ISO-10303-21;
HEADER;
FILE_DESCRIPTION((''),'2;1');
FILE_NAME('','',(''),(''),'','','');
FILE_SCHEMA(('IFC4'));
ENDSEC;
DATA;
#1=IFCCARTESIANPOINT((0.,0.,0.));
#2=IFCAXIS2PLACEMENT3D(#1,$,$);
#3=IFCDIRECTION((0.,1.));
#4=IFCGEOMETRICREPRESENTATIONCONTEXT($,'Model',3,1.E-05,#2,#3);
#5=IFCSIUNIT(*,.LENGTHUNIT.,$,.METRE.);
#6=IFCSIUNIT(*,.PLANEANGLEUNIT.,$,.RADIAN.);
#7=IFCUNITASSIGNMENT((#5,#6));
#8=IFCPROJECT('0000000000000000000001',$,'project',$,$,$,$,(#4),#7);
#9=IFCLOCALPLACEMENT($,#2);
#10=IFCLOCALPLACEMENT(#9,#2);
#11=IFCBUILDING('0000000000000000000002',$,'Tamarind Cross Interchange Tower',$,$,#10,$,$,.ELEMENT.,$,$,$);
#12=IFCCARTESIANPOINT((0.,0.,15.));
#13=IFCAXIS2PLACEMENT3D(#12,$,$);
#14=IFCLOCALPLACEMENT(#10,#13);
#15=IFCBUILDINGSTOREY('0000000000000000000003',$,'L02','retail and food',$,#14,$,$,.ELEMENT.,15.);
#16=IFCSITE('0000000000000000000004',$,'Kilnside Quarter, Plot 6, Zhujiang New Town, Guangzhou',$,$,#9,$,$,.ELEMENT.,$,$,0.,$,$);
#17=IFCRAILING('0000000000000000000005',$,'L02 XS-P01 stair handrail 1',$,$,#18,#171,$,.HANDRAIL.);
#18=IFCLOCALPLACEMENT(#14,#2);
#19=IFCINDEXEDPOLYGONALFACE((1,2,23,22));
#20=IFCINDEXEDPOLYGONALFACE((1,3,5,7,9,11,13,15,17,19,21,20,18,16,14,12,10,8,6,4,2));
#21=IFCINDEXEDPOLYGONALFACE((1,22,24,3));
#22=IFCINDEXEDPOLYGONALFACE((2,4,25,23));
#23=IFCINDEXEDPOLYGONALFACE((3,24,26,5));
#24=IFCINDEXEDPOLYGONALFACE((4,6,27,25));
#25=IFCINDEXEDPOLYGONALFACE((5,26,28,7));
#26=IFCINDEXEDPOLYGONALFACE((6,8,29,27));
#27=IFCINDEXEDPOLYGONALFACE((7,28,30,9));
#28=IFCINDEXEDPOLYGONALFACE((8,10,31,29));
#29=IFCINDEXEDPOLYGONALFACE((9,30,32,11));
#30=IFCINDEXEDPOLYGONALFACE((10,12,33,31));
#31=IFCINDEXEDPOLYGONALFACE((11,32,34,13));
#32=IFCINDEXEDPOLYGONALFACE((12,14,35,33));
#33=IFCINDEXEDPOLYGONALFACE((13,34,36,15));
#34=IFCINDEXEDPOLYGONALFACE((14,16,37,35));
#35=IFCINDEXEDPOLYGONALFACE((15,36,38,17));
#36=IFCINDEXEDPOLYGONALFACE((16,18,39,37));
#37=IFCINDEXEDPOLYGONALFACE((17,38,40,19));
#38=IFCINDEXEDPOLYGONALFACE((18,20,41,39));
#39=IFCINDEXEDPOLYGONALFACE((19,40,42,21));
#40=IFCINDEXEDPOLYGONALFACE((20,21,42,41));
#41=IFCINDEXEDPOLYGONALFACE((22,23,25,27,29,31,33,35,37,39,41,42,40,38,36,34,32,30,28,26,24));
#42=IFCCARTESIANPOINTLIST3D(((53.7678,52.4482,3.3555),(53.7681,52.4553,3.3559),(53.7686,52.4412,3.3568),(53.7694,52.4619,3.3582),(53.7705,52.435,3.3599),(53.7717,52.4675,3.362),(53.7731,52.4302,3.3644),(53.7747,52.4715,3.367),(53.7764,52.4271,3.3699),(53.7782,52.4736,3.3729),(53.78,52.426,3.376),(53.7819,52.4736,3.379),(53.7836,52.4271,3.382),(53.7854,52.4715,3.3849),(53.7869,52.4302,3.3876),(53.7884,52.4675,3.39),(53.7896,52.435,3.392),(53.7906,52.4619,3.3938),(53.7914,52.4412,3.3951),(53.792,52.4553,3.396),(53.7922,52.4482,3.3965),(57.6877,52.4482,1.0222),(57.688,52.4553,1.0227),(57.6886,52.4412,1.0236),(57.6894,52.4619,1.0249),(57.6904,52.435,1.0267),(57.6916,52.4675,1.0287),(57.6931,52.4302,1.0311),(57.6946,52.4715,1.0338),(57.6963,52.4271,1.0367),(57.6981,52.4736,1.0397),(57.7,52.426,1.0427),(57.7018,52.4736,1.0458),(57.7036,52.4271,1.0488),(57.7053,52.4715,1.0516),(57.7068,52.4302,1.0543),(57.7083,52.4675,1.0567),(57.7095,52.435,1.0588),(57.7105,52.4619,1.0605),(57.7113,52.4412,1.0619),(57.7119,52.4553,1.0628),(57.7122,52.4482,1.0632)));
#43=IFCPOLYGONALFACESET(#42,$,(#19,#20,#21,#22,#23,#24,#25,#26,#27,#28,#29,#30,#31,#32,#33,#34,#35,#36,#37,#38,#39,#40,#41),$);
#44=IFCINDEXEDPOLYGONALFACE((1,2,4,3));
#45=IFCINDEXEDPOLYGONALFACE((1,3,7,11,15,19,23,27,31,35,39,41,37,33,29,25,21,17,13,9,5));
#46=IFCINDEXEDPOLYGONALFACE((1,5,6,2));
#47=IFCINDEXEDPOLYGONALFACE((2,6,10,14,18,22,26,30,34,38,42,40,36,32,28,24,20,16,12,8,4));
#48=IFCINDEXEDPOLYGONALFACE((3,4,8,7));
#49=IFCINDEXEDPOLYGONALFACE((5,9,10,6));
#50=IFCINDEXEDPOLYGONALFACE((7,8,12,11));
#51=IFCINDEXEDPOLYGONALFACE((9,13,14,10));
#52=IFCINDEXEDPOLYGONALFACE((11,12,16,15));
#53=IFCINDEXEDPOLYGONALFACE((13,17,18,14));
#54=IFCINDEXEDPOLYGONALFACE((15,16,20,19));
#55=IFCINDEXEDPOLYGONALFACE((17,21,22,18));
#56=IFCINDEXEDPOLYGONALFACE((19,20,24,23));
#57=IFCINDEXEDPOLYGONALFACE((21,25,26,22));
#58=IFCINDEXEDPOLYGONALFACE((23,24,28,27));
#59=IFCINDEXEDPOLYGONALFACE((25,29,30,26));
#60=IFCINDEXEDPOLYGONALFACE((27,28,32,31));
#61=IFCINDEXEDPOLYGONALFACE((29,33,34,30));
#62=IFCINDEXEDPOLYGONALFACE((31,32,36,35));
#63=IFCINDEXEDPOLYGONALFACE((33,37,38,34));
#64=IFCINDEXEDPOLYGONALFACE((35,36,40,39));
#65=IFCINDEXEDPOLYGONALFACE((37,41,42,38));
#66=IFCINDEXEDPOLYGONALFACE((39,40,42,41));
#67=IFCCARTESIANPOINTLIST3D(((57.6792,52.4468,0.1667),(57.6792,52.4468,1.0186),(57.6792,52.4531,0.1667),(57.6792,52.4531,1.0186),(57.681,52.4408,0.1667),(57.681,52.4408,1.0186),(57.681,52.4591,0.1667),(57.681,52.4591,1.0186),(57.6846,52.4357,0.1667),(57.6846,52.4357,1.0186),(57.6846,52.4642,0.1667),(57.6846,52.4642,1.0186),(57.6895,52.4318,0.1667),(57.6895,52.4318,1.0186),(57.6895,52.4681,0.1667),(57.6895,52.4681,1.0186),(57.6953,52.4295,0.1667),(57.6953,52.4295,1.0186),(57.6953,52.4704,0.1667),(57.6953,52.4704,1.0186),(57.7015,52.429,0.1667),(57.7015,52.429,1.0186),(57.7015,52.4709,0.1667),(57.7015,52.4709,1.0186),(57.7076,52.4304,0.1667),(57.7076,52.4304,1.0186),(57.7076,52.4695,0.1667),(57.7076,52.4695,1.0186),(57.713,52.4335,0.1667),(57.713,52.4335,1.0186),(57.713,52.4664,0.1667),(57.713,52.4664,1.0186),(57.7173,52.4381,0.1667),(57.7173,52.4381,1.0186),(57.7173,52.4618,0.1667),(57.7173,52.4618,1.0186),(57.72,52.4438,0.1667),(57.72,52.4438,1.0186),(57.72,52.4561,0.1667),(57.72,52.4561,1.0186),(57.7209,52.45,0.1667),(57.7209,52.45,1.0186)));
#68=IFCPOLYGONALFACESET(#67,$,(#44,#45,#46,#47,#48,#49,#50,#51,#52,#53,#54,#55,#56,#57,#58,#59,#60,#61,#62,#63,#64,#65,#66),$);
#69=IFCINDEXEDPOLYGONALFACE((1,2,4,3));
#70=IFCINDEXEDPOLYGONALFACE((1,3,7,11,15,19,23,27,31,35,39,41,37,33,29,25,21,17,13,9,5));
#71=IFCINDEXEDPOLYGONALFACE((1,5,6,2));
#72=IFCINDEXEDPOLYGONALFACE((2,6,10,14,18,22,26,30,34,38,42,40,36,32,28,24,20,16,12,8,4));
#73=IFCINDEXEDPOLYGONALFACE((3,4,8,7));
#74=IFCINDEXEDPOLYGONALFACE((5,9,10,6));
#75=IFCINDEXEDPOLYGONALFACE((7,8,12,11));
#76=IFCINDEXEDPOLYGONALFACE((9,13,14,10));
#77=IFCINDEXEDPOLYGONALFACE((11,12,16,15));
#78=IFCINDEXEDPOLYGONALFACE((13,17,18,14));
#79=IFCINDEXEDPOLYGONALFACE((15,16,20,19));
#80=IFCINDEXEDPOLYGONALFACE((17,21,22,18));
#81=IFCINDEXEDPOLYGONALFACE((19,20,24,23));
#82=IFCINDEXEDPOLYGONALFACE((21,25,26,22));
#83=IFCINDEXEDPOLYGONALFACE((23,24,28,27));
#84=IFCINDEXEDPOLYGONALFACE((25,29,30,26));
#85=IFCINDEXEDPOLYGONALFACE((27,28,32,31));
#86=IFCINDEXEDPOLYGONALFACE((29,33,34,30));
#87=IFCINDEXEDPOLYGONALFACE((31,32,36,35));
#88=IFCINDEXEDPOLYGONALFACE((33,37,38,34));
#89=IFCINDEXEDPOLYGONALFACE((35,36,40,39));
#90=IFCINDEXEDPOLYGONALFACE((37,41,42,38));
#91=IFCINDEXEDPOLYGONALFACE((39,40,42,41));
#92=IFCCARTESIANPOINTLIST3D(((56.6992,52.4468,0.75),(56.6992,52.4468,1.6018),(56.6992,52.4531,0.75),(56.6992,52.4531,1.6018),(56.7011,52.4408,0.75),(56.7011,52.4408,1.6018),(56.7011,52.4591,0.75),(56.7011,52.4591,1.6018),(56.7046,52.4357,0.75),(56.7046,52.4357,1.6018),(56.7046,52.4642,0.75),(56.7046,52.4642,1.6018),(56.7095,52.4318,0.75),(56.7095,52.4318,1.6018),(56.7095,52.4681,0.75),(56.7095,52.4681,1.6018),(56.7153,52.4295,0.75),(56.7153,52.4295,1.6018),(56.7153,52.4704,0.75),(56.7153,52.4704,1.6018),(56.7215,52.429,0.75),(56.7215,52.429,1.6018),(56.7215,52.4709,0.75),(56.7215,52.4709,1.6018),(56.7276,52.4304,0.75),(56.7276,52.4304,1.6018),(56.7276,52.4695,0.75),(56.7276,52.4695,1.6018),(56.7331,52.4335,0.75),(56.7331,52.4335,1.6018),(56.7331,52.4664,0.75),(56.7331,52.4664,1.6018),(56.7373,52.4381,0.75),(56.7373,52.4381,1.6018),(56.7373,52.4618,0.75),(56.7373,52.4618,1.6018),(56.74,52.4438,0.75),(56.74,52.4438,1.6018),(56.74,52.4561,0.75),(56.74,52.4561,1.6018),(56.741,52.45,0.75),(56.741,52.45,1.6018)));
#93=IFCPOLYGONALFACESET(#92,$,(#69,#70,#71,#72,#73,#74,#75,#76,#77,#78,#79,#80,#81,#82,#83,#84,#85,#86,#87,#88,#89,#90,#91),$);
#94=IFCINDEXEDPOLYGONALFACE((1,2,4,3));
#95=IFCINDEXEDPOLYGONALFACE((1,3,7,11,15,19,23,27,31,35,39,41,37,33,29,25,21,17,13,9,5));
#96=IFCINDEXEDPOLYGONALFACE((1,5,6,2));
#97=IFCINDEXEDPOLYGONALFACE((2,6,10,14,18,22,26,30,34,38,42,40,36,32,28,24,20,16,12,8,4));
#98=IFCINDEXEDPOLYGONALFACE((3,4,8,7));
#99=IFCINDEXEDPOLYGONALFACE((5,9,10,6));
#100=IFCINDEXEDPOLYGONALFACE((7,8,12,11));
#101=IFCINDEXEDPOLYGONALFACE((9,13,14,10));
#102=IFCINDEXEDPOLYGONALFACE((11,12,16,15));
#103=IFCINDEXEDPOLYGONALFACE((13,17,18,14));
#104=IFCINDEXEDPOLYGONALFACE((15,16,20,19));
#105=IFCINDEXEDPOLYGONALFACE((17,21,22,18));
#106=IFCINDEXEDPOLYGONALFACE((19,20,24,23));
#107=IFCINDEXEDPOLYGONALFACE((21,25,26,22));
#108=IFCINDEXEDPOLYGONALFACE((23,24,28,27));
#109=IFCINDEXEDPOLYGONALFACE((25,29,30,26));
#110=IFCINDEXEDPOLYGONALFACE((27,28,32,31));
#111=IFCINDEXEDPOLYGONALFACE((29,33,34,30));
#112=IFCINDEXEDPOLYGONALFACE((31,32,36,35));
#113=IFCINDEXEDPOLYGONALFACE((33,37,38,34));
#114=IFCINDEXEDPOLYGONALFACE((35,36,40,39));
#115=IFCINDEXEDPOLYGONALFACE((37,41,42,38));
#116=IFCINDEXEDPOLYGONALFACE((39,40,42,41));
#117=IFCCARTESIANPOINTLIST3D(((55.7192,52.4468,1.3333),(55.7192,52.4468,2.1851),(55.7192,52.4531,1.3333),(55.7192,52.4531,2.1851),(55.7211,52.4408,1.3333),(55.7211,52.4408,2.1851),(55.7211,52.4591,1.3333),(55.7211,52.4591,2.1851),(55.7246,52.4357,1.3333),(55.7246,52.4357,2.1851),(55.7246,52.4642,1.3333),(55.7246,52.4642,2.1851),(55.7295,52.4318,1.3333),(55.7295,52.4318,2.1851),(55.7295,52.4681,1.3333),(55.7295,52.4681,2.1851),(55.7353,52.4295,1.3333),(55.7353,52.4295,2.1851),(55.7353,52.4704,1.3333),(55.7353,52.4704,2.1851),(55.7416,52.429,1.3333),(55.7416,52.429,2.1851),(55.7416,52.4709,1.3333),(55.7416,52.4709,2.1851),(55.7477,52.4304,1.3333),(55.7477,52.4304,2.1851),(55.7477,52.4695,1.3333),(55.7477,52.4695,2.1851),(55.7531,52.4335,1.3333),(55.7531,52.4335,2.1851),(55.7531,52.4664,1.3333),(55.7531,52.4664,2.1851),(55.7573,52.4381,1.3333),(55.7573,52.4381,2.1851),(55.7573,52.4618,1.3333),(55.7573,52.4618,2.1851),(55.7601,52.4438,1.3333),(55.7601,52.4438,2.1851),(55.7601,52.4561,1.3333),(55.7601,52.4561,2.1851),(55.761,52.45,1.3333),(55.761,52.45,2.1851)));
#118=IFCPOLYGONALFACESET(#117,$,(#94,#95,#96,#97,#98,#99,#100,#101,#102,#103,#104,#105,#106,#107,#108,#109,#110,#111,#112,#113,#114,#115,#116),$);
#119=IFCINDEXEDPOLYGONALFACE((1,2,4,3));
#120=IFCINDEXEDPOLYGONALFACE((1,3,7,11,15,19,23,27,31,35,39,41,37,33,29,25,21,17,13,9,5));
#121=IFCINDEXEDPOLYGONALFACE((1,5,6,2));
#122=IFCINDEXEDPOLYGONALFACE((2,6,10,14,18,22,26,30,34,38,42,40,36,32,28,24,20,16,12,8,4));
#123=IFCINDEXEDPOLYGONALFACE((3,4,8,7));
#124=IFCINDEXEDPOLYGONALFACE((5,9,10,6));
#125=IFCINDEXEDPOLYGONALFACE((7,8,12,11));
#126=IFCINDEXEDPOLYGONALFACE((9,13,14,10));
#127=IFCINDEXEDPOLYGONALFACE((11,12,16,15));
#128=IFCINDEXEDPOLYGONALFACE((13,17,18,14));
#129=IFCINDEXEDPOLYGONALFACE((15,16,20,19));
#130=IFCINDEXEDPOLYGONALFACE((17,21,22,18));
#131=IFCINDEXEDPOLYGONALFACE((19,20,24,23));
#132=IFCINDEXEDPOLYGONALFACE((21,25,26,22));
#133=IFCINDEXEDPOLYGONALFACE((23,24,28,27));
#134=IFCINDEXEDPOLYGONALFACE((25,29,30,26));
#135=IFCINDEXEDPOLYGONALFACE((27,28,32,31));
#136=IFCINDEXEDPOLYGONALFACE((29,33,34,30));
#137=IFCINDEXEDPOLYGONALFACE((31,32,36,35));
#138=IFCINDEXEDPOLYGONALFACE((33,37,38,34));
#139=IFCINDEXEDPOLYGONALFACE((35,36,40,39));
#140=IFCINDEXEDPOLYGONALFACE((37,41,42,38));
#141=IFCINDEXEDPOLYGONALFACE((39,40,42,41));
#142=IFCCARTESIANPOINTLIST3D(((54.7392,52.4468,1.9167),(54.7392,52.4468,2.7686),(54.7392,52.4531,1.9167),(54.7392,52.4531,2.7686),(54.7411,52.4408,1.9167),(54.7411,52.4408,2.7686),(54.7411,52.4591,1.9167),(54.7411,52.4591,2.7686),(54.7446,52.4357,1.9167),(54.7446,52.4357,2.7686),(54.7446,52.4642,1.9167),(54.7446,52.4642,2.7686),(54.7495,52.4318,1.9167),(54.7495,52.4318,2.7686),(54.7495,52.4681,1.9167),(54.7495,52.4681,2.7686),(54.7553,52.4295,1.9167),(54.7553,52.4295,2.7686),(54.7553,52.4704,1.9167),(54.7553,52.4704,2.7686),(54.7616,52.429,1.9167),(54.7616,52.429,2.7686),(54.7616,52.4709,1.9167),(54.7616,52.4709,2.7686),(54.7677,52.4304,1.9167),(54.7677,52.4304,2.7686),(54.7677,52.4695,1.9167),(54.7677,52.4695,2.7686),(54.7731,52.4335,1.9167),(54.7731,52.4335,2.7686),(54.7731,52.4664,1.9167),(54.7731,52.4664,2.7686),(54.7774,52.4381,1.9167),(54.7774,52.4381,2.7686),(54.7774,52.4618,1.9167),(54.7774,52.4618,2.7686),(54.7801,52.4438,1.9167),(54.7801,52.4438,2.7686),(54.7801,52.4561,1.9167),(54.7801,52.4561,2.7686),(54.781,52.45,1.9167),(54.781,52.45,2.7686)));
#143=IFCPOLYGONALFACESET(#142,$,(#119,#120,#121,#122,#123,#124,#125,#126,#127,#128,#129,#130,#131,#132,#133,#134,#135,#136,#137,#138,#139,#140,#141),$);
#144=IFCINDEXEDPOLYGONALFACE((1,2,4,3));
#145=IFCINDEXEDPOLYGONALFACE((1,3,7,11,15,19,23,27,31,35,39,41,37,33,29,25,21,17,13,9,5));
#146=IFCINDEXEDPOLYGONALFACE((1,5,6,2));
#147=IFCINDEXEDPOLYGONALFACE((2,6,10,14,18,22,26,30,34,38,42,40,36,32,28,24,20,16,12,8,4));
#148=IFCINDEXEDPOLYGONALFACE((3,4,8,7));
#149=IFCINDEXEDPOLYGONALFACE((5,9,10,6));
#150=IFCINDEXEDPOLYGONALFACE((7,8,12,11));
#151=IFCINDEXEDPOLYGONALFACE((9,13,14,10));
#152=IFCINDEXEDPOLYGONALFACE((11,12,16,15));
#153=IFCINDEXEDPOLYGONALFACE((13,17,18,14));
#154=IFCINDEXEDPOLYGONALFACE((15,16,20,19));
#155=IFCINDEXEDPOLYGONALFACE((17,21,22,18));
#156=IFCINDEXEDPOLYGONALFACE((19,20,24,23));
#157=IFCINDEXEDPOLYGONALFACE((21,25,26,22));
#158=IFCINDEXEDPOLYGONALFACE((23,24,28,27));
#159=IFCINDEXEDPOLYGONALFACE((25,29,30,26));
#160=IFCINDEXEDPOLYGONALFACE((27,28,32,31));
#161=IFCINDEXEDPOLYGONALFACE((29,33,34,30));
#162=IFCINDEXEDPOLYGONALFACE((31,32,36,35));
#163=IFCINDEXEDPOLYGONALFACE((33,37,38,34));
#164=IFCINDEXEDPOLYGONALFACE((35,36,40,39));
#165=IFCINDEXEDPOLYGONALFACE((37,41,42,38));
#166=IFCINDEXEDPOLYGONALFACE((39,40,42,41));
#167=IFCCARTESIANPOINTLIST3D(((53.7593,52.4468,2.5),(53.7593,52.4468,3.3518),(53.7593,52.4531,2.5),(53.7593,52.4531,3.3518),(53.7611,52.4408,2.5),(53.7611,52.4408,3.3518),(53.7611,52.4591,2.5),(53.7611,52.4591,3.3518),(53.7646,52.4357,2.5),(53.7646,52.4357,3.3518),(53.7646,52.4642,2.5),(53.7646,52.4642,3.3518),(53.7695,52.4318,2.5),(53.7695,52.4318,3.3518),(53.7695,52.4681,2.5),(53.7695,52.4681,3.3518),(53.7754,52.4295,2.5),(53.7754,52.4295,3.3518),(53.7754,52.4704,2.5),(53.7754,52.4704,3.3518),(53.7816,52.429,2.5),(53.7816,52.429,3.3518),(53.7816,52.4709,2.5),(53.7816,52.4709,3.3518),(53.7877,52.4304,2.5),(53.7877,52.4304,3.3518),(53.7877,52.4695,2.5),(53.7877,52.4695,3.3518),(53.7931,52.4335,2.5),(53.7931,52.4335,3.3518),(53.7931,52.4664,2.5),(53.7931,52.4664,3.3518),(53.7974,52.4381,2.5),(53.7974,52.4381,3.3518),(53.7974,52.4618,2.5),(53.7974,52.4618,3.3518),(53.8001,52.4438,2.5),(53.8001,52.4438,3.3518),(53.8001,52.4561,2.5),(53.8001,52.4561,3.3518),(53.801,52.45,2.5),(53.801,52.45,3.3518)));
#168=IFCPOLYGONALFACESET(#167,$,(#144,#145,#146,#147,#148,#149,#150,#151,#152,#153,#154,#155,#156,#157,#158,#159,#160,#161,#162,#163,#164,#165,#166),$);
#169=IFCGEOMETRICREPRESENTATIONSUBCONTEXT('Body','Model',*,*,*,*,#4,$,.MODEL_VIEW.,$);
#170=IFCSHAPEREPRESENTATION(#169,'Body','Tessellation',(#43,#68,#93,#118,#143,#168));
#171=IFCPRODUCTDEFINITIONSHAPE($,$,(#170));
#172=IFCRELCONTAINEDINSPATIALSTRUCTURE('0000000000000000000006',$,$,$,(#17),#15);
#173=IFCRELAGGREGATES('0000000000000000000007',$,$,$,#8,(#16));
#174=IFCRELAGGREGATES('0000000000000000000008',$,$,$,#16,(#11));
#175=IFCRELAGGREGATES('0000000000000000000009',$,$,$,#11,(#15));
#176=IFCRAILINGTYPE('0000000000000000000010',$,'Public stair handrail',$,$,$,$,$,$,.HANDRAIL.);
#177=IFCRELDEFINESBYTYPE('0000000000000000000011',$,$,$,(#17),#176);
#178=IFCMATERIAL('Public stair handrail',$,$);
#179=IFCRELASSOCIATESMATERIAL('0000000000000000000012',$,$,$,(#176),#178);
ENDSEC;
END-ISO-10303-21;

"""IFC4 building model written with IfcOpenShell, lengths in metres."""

from ifc_helpers import new_model, si_unit, direction, frame, origin, origin_2d, place, context, subcontext, project, spatial, circle, extrude, material, type_object, element, save


model = new_model("IFC4")

# Units and contexts
model_context = context("Model", 3, precision=1e-05, world=origin(), true_north=direction((0.0, 1.0)))
body_context = subcontext(model_context, "Body", "Model", "MODEL_VIEW")
ifc_project = project(units=[si_unit("LENGTHUNIT", "METRE"), si_unit("PLANEANGLEUNIT", "RADIAN")], contexts=[model_context])

# Site, building, storey
site_placement = place(None, origin())
site = spatial("IfcSite", under=ifc_project, at=site_placement, Name="Kilnside Quarter, Plot 6, Zhujiang New Town, Guangzhou", CompositionType="ELEMENT", RefElevation=0.0)
building_placement = place(site_placement, origin())
building = spatial("IfcBuilding", under=site, at=building_placement, Name="Tamarind Cross Interchange Tower", CompositionType="ELEMENT")
storey_placement = place(building_placement, frame((0.0, 0.0, 15.0)))
storey = spatial("IfcBuildingStorey", under=building, at=storey_placement, Name="L02", Description="retail and food", CompositionType="ELEMENT", Elevation=15.0)

# Railing
ifc_material_1 = material(Name="Public stair handrail")
railing_type_1 = type_object("IfcRailingType", Name="Public stair handrail", PredefinedType="HANDRAIL", material=ifc_material_1)
railing_1_placement = place(storey_placement, frame((57.7, 52.45, 0.1667)))
element("IfcRailing", 1, at=railing_1_placement, inside=storey, type_object=railing_type_1, Name="L02 XS-P01 stair handrail 1", PredefinedType="HANDRAIL", context=body_context, shape_type="SweptSolid", body=[
    extrude(circle(Radius=0.0239, at=origin_2d()), frame((0.0, 0.0, 0.876), z_axis=(-0.859296, 0.0, 0.511478), x_axis=(0.0, -1.0, 0.0)), (0.0, 0.0, 1.0), 4.5618),
    extrude(circle(Radius=0.021, at=origin_2d()), origin(), (0.0, 0.0, 1.0), 0.8518),
    extrude(circle(Radius=0.021, at=origin_2d()), frame((-0.98, 0.0, 0.5833)), (0.0, 0.0, 1.0), 0.8518),
    extrude(circle(Radius=0.021, at=origin_2d()), frame((-1.96, 0.0, 1.1665)), (0.0, 0.0, 1.0), 0.8518),
    extrude(circle(Radius=0.021, at=origin_2d()), frame((-2.9399, 0.0, 1.75)), (0.0, 0.0, 1.0), 0.8518),
    extrude(circle(Radius=0.021, at=origin_2d()), frame((-3.9199, 0.0, 2.3333)), (0.0, 0.0, 1.0), 0.8518),
])

save(model, "model.ifc")
